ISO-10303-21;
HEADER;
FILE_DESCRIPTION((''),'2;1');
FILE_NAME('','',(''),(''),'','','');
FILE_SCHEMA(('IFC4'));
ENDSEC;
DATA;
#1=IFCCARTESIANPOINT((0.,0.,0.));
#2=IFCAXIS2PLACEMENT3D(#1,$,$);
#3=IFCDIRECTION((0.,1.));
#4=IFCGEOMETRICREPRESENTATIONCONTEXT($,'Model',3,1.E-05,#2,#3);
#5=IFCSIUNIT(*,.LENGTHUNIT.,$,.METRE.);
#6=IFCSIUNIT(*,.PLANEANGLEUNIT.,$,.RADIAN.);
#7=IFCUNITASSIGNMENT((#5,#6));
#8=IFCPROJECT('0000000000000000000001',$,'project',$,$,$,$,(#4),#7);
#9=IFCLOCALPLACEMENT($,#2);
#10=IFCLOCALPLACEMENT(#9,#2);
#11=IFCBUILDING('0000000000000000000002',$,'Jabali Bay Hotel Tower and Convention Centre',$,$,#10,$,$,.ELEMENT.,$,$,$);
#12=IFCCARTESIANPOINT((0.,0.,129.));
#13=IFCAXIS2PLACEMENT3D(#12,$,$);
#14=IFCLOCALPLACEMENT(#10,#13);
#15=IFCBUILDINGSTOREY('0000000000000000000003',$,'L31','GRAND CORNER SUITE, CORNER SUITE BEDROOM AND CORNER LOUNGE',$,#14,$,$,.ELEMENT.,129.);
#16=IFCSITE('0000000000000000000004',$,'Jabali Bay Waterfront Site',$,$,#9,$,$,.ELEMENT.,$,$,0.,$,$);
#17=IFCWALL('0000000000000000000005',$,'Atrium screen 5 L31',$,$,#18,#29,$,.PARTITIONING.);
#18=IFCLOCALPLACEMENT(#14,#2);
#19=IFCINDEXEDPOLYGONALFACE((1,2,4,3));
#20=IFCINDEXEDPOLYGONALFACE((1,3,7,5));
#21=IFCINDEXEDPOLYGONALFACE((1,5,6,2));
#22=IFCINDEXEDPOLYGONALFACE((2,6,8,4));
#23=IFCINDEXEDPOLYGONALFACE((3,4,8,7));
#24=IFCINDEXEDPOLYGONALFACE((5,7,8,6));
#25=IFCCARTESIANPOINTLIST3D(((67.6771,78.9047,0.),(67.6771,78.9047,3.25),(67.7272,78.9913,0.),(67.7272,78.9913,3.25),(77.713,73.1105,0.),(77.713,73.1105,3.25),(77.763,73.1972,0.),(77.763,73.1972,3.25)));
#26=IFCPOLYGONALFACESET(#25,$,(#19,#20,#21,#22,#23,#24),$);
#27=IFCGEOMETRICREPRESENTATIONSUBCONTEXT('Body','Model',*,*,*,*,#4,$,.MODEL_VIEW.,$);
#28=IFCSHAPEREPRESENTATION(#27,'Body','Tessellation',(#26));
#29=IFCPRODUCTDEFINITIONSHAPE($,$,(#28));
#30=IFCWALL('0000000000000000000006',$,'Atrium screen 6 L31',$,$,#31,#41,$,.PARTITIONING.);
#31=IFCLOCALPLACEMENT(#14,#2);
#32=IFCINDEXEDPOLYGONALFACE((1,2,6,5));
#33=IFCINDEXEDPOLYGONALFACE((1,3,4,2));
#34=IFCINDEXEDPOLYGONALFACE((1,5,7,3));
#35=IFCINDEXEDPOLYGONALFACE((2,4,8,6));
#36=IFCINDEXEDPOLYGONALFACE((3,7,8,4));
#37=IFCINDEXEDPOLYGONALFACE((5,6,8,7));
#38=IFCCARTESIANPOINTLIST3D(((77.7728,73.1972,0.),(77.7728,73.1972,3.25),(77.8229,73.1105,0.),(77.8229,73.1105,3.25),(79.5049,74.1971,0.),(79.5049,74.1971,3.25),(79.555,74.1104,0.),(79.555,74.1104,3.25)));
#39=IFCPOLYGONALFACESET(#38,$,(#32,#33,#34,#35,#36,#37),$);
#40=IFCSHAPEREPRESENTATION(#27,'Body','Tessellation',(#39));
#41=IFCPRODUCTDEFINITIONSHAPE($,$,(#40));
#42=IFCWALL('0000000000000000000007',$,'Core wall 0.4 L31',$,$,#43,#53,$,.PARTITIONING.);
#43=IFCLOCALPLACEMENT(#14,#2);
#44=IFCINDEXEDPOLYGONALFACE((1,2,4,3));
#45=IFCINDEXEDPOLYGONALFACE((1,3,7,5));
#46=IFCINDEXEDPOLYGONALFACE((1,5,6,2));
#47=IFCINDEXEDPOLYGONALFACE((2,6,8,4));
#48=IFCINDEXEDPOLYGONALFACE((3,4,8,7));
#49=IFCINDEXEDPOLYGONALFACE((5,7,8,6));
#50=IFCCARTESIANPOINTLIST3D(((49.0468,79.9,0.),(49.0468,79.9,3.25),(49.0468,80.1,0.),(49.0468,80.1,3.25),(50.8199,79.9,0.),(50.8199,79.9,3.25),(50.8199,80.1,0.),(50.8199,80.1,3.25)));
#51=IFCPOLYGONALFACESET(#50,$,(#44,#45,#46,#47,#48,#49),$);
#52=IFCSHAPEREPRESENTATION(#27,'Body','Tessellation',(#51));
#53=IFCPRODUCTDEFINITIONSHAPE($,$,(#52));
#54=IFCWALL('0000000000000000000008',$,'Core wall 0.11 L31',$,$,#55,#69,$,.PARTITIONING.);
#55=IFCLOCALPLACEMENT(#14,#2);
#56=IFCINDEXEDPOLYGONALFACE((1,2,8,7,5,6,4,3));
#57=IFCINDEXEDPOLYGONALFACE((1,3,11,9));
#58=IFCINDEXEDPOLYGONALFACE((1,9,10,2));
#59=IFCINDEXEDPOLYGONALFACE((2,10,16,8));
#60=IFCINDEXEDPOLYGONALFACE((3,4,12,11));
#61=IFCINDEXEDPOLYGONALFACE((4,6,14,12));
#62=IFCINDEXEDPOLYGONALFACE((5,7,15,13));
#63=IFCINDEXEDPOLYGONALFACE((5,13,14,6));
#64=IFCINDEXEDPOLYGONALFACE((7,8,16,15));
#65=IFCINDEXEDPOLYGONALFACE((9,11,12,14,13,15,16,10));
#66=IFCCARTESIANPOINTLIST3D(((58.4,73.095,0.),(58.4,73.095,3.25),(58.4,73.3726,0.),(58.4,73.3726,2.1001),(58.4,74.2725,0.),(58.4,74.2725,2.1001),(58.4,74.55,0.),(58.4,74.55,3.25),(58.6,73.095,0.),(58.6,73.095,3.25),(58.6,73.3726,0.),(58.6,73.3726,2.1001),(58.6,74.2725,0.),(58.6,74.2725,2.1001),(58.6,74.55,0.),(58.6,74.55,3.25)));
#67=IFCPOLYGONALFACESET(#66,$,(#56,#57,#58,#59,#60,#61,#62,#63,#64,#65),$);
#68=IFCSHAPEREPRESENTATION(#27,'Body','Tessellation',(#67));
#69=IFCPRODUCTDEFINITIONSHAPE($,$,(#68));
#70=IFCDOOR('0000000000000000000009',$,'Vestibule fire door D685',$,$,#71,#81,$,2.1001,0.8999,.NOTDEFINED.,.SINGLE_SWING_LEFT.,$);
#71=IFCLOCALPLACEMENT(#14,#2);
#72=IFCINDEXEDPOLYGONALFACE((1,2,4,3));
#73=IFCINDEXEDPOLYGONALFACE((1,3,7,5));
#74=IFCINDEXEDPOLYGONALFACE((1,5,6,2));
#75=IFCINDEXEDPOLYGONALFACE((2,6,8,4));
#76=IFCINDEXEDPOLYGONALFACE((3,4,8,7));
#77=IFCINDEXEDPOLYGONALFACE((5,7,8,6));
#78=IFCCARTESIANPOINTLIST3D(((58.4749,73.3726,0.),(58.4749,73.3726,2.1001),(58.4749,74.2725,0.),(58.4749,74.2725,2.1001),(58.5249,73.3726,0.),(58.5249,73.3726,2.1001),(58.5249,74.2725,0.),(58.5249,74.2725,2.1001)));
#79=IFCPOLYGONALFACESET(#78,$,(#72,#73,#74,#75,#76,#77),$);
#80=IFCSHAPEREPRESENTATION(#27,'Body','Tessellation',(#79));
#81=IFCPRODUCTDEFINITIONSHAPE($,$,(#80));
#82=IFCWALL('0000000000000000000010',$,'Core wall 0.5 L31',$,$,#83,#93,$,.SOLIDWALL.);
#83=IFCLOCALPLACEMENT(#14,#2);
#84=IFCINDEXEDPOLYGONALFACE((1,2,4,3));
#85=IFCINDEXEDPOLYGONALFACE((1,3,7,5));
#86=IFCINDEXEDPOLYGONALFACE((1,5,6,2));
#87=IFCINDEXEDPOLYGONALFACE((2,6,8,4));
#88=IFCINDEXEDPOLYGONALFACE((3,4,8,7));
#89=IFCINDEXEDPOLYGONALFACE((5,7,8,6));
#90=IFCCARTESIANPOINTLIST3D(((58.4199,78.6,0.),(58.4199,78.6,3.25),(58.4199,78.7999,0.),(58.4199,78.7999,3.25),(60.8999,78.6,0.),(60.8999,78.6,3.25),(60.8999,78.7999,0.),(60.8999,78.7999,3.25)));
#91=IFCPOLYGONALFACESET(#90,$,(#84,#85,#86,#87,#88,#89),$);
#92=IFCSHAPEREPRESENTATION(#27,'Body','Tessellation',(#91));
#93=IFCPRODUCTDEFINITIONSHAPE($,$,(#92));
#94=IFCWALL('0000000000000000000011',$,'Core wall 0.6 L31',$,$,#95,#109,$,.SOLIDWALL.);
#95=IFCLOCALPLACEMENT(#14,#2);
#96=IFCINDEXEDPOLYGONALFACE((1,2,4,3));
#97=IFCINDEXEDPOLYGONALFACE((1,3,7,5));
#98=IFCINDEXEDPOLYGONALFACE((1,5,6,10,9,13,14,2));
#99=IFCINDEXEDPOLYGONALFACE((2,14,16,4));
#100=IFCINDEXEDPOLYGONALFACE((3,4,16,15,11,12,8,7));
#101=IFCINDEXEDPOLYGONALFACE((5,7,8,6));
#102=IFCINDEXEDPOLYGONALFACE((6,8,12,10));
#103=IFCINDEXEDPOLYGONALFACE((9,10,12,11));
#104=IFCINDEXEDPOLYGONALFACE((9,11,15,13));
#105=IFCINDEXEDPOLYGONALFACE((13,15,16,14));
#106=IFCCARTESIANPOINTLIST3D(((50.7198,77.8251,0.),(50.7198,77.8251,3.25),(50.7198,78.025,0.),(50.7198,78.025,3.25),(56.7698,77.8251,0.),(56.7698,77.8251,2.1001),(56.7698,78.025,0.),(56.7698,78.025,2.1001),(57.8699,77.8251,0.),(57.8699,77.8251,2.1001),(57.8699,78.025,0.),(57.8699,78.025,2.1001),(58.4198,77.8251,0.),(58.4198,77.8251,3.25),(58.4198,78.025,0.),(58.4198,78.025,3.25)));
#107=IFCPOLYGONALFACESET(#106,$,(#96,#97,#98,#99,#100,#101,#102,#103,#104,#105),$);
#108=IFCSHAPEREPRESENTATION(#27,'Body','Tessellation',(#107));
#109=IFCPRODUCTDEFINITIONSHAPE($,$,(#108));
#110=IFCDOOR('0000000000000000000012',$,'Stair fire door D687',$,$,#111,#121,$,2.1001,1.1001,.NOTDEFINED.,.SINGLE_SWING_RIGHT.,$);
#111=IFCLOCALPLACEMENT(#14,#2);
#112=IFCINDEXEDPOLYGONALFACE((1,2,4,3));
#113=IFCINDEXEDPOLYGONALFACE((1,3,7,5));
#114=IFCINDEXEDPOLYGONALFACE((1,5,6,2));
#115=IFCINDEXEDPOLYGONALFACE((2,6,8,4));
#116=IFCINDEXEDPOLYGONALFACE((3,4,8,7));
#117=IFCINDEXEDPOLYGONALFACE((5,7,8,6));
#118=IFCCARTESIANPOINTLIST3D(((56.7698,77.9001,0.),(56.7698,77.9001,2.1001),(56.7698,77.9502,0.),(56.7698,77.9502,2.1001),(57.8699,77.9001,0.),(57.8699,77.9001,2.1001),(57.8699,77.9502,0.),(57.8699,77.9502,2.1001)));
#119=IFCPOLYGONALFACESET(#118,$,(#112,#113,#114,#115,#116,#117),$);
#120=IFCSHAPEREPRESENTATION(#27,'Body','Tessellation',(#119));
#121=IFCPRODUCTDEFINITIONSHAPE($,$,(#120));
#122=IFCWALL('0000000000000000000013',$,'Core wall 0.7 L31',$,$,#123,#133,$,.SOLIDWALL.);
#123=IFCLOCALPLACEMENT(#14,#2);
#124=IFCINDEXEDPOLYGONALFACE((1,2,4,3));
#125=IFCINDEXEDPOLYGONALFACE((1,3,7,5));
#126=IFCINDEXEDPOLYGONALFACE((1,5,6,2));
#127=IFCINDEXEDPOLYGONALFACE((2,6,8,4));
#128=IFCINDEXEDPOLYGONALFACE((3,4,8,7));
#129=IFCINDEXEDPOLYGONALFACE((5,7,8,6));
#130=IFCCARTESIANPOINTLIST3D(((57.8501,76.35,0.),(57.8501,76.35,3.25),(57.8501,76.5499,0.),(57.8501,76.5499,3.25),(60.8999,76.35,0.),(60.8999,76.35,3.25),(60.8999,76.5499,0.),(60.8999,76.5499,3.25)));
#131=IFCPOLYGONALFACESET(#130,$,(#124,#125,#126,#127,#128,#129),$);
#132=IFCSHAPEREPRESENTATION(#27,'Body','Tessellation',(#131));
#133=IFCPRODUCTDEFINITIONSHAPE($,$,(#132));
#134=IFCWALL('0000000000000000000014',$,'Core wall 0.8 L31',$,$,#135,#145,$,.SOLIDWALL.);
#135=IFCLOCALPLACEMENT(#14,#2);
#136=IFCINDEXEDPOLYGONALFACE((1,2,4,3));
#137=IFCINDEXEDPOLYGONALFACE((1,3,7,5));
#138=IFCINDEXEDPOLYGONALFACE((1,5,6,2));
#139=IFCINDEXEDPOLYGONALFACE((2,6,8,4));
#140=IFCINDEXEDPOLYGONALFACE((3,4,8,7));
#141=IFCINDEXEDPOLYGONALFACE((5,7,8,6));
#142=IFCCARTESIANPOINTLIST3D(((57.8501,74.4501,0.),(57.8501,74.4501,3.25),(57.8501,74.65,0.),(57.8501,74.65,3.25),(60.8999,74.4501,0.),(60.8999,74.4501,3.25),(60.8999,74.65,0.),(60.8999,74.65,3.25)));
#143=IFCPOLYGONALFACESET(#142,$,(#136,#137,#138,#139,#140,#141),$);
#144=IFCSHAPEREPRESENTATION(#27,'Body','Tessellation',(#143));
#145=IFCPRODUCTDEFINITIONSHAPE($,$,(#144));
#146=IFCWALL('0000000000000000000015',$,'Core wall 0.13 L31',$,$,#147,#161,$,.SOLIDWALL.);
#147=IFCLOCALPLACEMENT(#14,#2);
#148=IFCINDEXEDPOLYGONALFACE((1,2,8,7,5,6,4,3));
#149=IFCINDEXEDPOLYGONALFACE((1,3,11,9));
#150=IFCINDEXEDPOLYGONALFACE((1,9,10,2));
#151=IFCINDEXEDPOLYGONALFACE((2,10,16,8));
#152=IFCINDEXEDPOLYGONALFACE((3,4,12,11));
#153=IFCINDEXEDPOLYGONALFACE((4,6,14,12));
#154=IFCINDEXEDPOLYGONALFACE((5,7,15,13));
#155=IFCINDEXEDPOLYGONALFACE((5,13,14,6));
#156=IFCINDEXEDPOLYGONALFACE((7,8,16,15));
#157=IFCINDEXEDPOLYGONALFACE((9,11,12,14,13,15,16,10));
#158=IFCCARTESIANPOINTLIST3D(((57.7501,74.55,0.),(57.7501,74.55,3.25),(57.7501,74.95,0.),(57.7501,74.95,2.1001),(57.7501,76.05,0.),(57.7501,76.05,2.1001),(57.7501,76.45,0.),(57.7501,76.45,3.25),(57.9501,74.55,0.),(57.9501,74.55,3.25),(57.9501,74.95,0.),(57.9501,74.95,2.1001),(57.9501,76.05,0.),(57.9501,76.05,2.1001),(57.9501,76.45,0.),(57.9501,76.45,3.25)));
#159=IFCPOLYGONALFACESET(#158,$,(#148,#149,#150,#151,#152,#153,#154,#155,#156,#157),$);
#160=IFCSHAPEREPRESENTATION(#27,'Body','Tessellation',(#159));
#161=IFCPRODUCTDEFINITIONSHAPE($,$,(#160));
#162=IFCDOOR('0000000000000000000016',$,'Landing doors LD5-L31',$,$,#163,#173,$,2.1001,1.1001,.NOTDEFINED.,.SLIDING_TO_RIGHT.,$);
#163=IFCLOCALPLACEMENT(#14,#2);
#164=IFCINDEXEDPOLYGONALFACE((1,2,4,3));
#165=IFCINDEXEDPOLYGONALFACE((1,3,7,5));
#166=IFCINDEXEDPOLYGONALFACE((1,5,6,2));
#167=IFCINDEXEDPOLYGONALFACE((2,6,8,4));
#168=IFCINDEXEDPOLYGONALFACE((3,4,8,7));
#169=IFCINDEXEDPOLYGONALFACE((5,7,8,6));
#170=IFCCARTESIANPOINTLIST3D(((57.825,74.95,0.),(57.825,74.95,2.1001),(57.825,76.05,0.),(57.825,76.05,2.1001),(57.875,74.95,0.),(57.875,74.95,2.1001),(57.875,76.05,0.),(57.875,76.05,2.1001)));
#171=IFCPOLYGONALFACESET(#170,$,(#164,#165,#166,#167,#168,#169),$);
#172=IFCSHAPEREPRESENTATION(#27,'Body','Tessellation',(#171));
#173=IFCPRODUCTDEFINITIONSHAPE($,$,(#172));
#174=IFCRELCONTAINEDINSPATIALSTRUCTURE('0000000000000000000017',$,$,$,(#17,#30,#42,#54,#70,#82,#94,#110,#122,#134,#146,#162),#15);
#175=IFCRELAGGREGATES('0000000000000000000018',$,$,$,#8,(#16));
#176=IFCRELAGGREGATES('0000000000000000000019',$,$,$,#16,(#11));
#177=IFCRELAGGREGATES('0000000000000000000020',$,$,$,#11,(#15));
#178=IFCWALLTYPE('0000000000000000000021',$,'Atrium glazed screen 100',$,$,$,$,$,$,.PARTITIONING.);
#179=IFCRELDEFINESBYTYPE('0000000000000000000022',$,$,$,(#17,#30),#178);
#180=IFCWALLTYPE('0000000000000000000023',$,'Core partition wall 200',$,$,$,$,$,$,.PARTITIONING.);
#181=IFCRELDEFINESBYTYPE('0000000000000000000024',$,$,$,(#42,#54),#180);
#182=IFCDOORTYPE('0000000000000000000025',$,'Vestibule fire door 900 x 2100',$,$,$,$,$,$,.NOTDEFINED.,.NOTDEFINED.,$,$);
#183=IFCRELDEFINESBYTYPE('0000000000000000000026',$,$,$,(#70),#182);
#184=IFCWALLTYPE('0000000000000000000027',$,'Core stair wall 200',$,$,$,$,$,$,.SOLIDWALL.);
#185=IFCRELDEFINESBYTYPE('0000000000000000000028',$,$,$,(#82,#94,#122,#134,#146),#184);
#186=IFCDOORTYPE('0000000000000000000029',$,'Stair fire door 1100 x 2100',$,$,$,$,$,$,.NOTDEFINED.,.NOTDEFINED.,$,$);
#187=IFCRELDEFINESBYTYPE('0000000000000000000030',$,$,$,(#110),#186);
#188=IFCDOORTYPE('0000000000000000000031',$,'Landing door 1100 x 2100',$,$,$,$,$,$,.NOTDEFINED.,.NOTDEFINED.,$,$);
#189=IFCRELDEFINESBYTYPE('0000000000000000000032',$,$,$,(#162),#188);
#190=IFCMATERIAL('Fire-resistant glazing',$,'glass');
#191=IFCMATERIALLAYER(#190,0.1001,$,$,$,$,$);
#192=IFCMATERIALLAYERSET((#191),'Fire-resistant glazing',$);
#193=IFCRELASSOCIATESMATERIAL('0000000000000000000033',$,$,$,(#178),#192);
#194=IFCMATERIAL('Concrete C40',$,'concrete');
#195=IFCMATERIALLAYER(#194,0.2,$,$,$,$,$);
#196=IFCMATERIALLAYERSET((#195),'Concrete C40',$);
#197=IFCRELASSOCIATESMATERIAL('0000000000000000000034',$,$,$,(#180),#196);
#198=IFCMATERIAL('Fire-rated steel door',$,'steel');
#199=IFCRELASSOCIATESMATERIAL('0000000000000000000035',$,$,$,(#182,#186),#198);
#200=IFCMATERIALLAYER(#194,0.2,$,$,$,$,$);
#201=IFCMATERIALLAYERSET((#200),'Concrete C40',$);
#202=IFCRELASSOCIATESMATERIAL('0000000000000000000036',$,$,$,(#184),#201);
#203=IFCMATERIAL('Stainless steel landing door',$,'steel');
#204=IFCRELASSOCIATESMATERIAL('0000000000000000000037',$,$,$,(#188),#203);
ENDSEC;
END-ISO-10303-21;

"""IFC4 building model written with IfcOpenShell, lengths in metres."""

from ifc_helpers import new_model, si_unit, direction, frame, frame_2d, origin, place, context, subcontext, project, spatial, rectangle, extrude, material, layer, layer_set, type_object, element, fill, save


model = new_model("IFC4")

# Units and contexts
model_context = context("Model", 3, precision=1e-05, world=origin(), true_north=direction((0.0, 1.0)))
body_context = subcontext(model_context, "Body", "Model", "MODEL_VIEW")
ifc_project = project(units=[si_unit("LENGTHUNIT", "METRE"), si_unit("PLANEANGLEUNIT", "RADIAN")], contexts=[model_context])

# Site, building, storey
site_placement = place(None, origin())
site = spatial("IfcSite", under=ifc_project, at=site_placement, Name="Jabali Bay Waterfront Site", CompositionType="ELEMENT", RefElevation=0.0)
building_placement = place(site_placement, origin())
building = spatial("IfcBuilding", under=site, at=building_placement, Name="Jabali Bay Hotel Tower and Convention Centre", CompositionType="ELEMENT")
storey_placement = place(building_placement, frame((0.0, 0.0, 129.0)))
storey = spatial("IfcBuildingStorey", under=building, at=storey_placement, Name="L31", Description="GRAND CORNER SUITE, CORNER SUITE BEDROOM AND CORNER LOUNGE", CompositionType="ELEMENT", Elevation=129.0)

# Walls
ifc_material_1 = material(Name="Fire-resistant glazing", Category="glass")
ifc_layer_1 = layer(ifc_material_1, 0.1001)
ifc_layer_set_1 = layer_set([ifc_layer_1], Name="Fire-resistant glazing")
wall_type_1 = type_object("IfcWallType", Name="Atrium glazed screen 100", PredefinedType="PARTITIONING", material=ifc_layer_set_1)
wall_1_placement = place(storey_placement, frame((67.7021, 78.948, 0.0), z_axis=(0.0, 0.0, 1.0), x_axis=(0.866027, -0.499998, 0.0)))
element("IfcWall", 1, at=wall_1_placement, inside=storey, type_object=wall_type_1, Name="Atrium screen 5 L31", PredefinedType="PARTITIONING", context=body_context, shape_type="SweptSolid", body=[
    extrude(rectangle(XDim=11.5884, YDim=0.1001, at=frame_2d((5.7942, 0.0))), origin(), (0.0, 0.0, 1.0), 3.25),
])
wall_2_placement = place(storey_placement, frame((77.7979, 73.1538, 0.0), z_axis=(0.0, 0.0, 1.0), x_axis=(0.866041, 0.499973, 0.0)))
element("IfcWall", 2, at=wall_2_placement, inside=storey, type_object=wall_type_1, Name="Atrium screen 6 L31", PredefinedType="PARTITIONING", context=body_context, shape_type="SweptSolid", body=[
    extrude(rectangle(XDim=2.0, YDim=0.1001, at=frame_2d((1.0, 0.0))), origin(), (0.0, 0.0, 1.0), 3.25),
])
ifc_material_2 = material(Name="Concrete C40", Category="concrete")
ifc_layer_2 = layer(ifc_material_2, 0.2)
ifc_layer_set_2 = layer_set([ifc_layer_2], Name="Concrete C40")
wall_type_2 = type_object("IfcWallType", Name="Core partition wall 200", PredefinedType="PARTITIONING", material=ifc_layer_set_2)
wall_3_placement = place(storey_placement, frame((50.8201, 80.0, 0.0), z_axis=(0.0, 0.0, 1.0), x_axis=(-1.0, 0.0, 0.0)))
element("IfcWall", 3, at=wall_3_placement, inside=storey, type_object=wall_type_2, Name="Core wall 0.4 L31", PredefinedType="PARTITIONING", context=body_context, shape_type="SweptSolid", body=[
    extrude(rectangle(XDim=1.7732, YDim=0.2, at=frame_2d((0.8867, 0.0))), origin(), (0.0, 0.0, 1.0), 3.25),
])

# Wall, opening, door
wall_4_placement = place(storey_placement, frame((58.5, 74.55, 0.0), z_axis=(0.0, 0.0, 1.0), x_axis=(0.0, -1.0, 0.0)))
wall_4 = element("IfcWall", 4, at=wall_4_placement, inside=storey, type_object=wall_type_2, Name="Core wall 0.11 L31", PredefinedType="PARTITIONING", context=body_context, shape_type="SweptSolid", body=[
    extrude(rectangle(XDim=1.4551, YDim=0.2, at=frame_2d((0.7275, 0.0))), origin(), (0.0, 0.0, 1.0), 3.25),
])
opening_1_placement = place(wall_4_placement, frame((0.2776, 0.0, 0.0)))
opening_1 = element("IfcOpeningElement", 5, at=opening_1_placement, cuts=wall_4, PredefinedType="OPENING", context=body_context, shape_type="SweptSolid", body=[
    extrude(rectangle(XDim=0.8999, YDim=2.1001, at=frame_2d((0.45, 1.05))), frame((0.0, 0.1104, 0.0), z_axis=(0.0, -1.0, 0.0), x_axis=(1.0, 0.0, 0.0)), (0.0, 0.0, 1.0), 0.2209),
])
ifc_material_3 = material(Name="Fire-rated steel door", Category="steel")
door_type_1 = type_object("IfcDoorType", Name="Vestibule fire door 900 x 2100", OperationType="NOTDEFINED", PredefinedType="NOTDEFINED", material=ifc_material_3)
door_1_placement = place(opening_1_placement, origin())
door_1 = element("IfcDoor", 6, at=door_1_placement, inside=storey, type_object=door_type_1, Name="Vestibule fire door D685", OperationType="SINGLE_SWING_LEFT", OverallHeight=2.1001, OverallWidth=0.8999, PredefinedType="NOTDEFINED", context=body_context, shape_type="SweptSolid", body=[
    extrude(rectangle(XDim=0.8999, YDim=2.1001, at=frame_2d((0.45, 1.05))), frame((0.0, 0.0249, 0.0), z_axis=(0.0, -1.0, 0.0), x_axis=(1.0, 0.0, 0.0)), (0.0, 0.0, 1.0), 0.05),
])
fill(opening_1, door_1)

# Wall
ifc_layer_3 = layer(ifc_material_2, 0.2)
ifc_layer_set_3 = layer_set([ifc_layer_3], Name="Concrete C40")
wall_type_3 = type_object("IfcWallType", Name="Core stair wall 200", PredefinedType="SOLIDWALL", material=ifc_layer_set_3)
wall_5_placement = place(storey_placement, frame((60.8999, 78.7, 0.0), z_axis=(0.0, 0.0, 1.0), x_axis=(-1.0, 0.0, 0.0)))
element("IfcWall", 7, at=wall_5_placement, inside=storey, type_object=wall_type_3, Name="Core wall 0.5 L31", PredefinedType="SOLIDWALL", context=body_context, shape_type="SweptSolid", body=[
    extrude(rectangle(XDim=2.48, YDim=0.2, at=frame_2d((1.24, 0.0))), origin(), (0.0, 0.0, 1.0), 3.25),
])

# Wall, opening, door
wall_6_placement = place(storey_placement, frame((58.4199, 77.925, 0.0), z_axis=(0.0, 0.0, 1.0), x_axis=(-1.0, 0.0, 0.0)))
wall_6 = element("IfcWall", 8, at=wall_6_placement, inside=storey, type_object=wall_type_3, Name="Core wall 0.6 L31", PredefinedType="SOLIDWALL", context=body_context, shape_type="SweptSolid", body=[
    extrude(rectangle(XDim=7.7, YDim=0.2, at=frame_2d((3.8501, 0.0))), origin(), (0.0, 0.0, 1.0), 3.25),
])
opening_2_placement = place(wall_6_placement, frame((0.55, 0.0, 0.0)))
opening_2 = element("IfcOpeningElement", 9, at=opening_2_placement, cuts=wall_6, PredefinedType="OPENING", context=body_context, shape_type="SweptSolid", body=[
    extrude(rectangle(XDim=1.1001, YDim=2.1001, at=frame_2d((0.55, 1.05))), frame((0.0, 0.1104, 0.0), z_axis=(0.0, -1.0, 0.0), x_axis=(1.0, 0.0, 0.0)), (0.0, 0.0, 1.0), 0.2209),
])
door_type_2 = type_object("IfcDoorType", Name="Stair fire door 1100 x 2100", OperationType="NOTDEFINED", PredefinedType="NOTDEFINED", material=ifc_material_3)
door_2_placement = place(opening_2_placement, origin())
door_2 = element("IfcDoor", 10, at=door_2_placement, inside=storey, type_object=door_type_2, Name="Stair fire door D687", OperationType="SINGLE_SWING_RIGHT", OverallHeight=2.1001, OverallWidth=1.1001, PredefinedType="NOTDEFINED", context=body_context, shape_type="SweptSolid", body=[
    extrude(rectangle(XDim=1.1001, YDim=2.1001, at=frame_2d((0.55, 1.05))), frame((0.0, 0.0249, 0.0), z_axis=(0.0, -1.0, 0.0), x_axis=(1.0, 0.0, 0.0)), (0.0, 0.0, 1.0), 0.05),
])
fill(opening_2, door_2)

# Walls
for number, where, z_axis, x_axis, name in (
    (11, (60.8999, 76.45, 0.0), (0.0, 0.0, 1.0), (-1.0, 0.0, 0.0), "Core wall 0.7 L31"),
    (12, (60.8999, 74.55, 0.0), (0.0, 0.0, 1.0), (-1.0, 0.0, 0.0), "Core wall 0.8 L31"),
):
    element("IfcWall", number, at=place(storey_placement, frame(where, z_axis=z_axis, x_axis=x_axis)), inside=storey, type_object=wall_type_3, Name=name, PredefinedType="SOLIDWALL", context=body_context, shape_type="SweptSolid", body=[
        extrude(rectangle(XDim=3.0498, YDim=0.2, at=frame_2d((1.5249, 0.0))), origin(), (0.0, 0.0, 1.0), 3.25),
    ])

# Wall, opening, door
wall_7_placement = place(storey_placement, frame((57.8501, 76.45, 0.0), z_axis=(0.0, 0.0, 1.0), x_axis=(0.0, -1.0, 0.0)))
wall_7 = element("IfcWall", 13, at=wall_7_placement, inside=storey, type_object=wall_type_3, Name="Core wall 0.13 L31", PredefinedType="SOLIDWALL", context=body_context, shape_type="SweptSolid", body=[
    extrude(rectangle(XDim=1.8999, YDim=0.2, at=frame_2d((0.95, 0.0))), origin(), (0.0, 0.0, 1.0), 3.25),
])
opening_3_placement = place(wall_7_placement, frame((0.3999, 0.0, 0.0)))
opening_3 = element("IfcOpeningElement", 14, at=opening_3_placement, cuts=wall_7, PredefinedType="OPENING", context=body_context, shape_type="SweptSolid", body=[
    extrude(rectangle(XDim=1.1001, YDim=2.1001, at=frame_2d((0.55, 1.05))), frame((0.0, 0.1104, 0.0), z_axis=(0.0, -1.0, 0.0), x_axis=(1.0, 0.0, 0.0)), (0.0, 0.0, 1.0), 0.2209),
])
ifc_material_4 = material(Name="Stainless steel landing door", Category="steel")
door_type_3 = type_object("IfcDoorType", Name="Landing door 1100 x 2100", OperationType="NOTDEFINED", PredefinedType="NOTDEFINED", material=ifc_material_4)
door_3_placement = place(opening_3_placement, origin())
door_3 = element("IfcDoor", 15, at=door_3_placement, inside=storey, type_object=door_type_3, Name="Landing doors LD5-L31", OperationType="SLIDING_TO_RIGHT", OverallHeight=2.1001, OverallWidth=1.1001, PredefinedType="NOTDEFINED", context=body_context, shape_type="SweptSolid", body=[
    extrude(rectangle(XDim=1.1001, YDim=2.1001, at=frame_2d((0.55, 1.05))), frame((0.0, 0.0249, 0.0), z_axis=(0.0, -1.0, 0.0), x_axis=(1.0, 0.0, 0.0)), (0.0, 0.0, 1.0), 0.05),
])
fill(opening_3, door_3)

save(model, "model.ifc")
